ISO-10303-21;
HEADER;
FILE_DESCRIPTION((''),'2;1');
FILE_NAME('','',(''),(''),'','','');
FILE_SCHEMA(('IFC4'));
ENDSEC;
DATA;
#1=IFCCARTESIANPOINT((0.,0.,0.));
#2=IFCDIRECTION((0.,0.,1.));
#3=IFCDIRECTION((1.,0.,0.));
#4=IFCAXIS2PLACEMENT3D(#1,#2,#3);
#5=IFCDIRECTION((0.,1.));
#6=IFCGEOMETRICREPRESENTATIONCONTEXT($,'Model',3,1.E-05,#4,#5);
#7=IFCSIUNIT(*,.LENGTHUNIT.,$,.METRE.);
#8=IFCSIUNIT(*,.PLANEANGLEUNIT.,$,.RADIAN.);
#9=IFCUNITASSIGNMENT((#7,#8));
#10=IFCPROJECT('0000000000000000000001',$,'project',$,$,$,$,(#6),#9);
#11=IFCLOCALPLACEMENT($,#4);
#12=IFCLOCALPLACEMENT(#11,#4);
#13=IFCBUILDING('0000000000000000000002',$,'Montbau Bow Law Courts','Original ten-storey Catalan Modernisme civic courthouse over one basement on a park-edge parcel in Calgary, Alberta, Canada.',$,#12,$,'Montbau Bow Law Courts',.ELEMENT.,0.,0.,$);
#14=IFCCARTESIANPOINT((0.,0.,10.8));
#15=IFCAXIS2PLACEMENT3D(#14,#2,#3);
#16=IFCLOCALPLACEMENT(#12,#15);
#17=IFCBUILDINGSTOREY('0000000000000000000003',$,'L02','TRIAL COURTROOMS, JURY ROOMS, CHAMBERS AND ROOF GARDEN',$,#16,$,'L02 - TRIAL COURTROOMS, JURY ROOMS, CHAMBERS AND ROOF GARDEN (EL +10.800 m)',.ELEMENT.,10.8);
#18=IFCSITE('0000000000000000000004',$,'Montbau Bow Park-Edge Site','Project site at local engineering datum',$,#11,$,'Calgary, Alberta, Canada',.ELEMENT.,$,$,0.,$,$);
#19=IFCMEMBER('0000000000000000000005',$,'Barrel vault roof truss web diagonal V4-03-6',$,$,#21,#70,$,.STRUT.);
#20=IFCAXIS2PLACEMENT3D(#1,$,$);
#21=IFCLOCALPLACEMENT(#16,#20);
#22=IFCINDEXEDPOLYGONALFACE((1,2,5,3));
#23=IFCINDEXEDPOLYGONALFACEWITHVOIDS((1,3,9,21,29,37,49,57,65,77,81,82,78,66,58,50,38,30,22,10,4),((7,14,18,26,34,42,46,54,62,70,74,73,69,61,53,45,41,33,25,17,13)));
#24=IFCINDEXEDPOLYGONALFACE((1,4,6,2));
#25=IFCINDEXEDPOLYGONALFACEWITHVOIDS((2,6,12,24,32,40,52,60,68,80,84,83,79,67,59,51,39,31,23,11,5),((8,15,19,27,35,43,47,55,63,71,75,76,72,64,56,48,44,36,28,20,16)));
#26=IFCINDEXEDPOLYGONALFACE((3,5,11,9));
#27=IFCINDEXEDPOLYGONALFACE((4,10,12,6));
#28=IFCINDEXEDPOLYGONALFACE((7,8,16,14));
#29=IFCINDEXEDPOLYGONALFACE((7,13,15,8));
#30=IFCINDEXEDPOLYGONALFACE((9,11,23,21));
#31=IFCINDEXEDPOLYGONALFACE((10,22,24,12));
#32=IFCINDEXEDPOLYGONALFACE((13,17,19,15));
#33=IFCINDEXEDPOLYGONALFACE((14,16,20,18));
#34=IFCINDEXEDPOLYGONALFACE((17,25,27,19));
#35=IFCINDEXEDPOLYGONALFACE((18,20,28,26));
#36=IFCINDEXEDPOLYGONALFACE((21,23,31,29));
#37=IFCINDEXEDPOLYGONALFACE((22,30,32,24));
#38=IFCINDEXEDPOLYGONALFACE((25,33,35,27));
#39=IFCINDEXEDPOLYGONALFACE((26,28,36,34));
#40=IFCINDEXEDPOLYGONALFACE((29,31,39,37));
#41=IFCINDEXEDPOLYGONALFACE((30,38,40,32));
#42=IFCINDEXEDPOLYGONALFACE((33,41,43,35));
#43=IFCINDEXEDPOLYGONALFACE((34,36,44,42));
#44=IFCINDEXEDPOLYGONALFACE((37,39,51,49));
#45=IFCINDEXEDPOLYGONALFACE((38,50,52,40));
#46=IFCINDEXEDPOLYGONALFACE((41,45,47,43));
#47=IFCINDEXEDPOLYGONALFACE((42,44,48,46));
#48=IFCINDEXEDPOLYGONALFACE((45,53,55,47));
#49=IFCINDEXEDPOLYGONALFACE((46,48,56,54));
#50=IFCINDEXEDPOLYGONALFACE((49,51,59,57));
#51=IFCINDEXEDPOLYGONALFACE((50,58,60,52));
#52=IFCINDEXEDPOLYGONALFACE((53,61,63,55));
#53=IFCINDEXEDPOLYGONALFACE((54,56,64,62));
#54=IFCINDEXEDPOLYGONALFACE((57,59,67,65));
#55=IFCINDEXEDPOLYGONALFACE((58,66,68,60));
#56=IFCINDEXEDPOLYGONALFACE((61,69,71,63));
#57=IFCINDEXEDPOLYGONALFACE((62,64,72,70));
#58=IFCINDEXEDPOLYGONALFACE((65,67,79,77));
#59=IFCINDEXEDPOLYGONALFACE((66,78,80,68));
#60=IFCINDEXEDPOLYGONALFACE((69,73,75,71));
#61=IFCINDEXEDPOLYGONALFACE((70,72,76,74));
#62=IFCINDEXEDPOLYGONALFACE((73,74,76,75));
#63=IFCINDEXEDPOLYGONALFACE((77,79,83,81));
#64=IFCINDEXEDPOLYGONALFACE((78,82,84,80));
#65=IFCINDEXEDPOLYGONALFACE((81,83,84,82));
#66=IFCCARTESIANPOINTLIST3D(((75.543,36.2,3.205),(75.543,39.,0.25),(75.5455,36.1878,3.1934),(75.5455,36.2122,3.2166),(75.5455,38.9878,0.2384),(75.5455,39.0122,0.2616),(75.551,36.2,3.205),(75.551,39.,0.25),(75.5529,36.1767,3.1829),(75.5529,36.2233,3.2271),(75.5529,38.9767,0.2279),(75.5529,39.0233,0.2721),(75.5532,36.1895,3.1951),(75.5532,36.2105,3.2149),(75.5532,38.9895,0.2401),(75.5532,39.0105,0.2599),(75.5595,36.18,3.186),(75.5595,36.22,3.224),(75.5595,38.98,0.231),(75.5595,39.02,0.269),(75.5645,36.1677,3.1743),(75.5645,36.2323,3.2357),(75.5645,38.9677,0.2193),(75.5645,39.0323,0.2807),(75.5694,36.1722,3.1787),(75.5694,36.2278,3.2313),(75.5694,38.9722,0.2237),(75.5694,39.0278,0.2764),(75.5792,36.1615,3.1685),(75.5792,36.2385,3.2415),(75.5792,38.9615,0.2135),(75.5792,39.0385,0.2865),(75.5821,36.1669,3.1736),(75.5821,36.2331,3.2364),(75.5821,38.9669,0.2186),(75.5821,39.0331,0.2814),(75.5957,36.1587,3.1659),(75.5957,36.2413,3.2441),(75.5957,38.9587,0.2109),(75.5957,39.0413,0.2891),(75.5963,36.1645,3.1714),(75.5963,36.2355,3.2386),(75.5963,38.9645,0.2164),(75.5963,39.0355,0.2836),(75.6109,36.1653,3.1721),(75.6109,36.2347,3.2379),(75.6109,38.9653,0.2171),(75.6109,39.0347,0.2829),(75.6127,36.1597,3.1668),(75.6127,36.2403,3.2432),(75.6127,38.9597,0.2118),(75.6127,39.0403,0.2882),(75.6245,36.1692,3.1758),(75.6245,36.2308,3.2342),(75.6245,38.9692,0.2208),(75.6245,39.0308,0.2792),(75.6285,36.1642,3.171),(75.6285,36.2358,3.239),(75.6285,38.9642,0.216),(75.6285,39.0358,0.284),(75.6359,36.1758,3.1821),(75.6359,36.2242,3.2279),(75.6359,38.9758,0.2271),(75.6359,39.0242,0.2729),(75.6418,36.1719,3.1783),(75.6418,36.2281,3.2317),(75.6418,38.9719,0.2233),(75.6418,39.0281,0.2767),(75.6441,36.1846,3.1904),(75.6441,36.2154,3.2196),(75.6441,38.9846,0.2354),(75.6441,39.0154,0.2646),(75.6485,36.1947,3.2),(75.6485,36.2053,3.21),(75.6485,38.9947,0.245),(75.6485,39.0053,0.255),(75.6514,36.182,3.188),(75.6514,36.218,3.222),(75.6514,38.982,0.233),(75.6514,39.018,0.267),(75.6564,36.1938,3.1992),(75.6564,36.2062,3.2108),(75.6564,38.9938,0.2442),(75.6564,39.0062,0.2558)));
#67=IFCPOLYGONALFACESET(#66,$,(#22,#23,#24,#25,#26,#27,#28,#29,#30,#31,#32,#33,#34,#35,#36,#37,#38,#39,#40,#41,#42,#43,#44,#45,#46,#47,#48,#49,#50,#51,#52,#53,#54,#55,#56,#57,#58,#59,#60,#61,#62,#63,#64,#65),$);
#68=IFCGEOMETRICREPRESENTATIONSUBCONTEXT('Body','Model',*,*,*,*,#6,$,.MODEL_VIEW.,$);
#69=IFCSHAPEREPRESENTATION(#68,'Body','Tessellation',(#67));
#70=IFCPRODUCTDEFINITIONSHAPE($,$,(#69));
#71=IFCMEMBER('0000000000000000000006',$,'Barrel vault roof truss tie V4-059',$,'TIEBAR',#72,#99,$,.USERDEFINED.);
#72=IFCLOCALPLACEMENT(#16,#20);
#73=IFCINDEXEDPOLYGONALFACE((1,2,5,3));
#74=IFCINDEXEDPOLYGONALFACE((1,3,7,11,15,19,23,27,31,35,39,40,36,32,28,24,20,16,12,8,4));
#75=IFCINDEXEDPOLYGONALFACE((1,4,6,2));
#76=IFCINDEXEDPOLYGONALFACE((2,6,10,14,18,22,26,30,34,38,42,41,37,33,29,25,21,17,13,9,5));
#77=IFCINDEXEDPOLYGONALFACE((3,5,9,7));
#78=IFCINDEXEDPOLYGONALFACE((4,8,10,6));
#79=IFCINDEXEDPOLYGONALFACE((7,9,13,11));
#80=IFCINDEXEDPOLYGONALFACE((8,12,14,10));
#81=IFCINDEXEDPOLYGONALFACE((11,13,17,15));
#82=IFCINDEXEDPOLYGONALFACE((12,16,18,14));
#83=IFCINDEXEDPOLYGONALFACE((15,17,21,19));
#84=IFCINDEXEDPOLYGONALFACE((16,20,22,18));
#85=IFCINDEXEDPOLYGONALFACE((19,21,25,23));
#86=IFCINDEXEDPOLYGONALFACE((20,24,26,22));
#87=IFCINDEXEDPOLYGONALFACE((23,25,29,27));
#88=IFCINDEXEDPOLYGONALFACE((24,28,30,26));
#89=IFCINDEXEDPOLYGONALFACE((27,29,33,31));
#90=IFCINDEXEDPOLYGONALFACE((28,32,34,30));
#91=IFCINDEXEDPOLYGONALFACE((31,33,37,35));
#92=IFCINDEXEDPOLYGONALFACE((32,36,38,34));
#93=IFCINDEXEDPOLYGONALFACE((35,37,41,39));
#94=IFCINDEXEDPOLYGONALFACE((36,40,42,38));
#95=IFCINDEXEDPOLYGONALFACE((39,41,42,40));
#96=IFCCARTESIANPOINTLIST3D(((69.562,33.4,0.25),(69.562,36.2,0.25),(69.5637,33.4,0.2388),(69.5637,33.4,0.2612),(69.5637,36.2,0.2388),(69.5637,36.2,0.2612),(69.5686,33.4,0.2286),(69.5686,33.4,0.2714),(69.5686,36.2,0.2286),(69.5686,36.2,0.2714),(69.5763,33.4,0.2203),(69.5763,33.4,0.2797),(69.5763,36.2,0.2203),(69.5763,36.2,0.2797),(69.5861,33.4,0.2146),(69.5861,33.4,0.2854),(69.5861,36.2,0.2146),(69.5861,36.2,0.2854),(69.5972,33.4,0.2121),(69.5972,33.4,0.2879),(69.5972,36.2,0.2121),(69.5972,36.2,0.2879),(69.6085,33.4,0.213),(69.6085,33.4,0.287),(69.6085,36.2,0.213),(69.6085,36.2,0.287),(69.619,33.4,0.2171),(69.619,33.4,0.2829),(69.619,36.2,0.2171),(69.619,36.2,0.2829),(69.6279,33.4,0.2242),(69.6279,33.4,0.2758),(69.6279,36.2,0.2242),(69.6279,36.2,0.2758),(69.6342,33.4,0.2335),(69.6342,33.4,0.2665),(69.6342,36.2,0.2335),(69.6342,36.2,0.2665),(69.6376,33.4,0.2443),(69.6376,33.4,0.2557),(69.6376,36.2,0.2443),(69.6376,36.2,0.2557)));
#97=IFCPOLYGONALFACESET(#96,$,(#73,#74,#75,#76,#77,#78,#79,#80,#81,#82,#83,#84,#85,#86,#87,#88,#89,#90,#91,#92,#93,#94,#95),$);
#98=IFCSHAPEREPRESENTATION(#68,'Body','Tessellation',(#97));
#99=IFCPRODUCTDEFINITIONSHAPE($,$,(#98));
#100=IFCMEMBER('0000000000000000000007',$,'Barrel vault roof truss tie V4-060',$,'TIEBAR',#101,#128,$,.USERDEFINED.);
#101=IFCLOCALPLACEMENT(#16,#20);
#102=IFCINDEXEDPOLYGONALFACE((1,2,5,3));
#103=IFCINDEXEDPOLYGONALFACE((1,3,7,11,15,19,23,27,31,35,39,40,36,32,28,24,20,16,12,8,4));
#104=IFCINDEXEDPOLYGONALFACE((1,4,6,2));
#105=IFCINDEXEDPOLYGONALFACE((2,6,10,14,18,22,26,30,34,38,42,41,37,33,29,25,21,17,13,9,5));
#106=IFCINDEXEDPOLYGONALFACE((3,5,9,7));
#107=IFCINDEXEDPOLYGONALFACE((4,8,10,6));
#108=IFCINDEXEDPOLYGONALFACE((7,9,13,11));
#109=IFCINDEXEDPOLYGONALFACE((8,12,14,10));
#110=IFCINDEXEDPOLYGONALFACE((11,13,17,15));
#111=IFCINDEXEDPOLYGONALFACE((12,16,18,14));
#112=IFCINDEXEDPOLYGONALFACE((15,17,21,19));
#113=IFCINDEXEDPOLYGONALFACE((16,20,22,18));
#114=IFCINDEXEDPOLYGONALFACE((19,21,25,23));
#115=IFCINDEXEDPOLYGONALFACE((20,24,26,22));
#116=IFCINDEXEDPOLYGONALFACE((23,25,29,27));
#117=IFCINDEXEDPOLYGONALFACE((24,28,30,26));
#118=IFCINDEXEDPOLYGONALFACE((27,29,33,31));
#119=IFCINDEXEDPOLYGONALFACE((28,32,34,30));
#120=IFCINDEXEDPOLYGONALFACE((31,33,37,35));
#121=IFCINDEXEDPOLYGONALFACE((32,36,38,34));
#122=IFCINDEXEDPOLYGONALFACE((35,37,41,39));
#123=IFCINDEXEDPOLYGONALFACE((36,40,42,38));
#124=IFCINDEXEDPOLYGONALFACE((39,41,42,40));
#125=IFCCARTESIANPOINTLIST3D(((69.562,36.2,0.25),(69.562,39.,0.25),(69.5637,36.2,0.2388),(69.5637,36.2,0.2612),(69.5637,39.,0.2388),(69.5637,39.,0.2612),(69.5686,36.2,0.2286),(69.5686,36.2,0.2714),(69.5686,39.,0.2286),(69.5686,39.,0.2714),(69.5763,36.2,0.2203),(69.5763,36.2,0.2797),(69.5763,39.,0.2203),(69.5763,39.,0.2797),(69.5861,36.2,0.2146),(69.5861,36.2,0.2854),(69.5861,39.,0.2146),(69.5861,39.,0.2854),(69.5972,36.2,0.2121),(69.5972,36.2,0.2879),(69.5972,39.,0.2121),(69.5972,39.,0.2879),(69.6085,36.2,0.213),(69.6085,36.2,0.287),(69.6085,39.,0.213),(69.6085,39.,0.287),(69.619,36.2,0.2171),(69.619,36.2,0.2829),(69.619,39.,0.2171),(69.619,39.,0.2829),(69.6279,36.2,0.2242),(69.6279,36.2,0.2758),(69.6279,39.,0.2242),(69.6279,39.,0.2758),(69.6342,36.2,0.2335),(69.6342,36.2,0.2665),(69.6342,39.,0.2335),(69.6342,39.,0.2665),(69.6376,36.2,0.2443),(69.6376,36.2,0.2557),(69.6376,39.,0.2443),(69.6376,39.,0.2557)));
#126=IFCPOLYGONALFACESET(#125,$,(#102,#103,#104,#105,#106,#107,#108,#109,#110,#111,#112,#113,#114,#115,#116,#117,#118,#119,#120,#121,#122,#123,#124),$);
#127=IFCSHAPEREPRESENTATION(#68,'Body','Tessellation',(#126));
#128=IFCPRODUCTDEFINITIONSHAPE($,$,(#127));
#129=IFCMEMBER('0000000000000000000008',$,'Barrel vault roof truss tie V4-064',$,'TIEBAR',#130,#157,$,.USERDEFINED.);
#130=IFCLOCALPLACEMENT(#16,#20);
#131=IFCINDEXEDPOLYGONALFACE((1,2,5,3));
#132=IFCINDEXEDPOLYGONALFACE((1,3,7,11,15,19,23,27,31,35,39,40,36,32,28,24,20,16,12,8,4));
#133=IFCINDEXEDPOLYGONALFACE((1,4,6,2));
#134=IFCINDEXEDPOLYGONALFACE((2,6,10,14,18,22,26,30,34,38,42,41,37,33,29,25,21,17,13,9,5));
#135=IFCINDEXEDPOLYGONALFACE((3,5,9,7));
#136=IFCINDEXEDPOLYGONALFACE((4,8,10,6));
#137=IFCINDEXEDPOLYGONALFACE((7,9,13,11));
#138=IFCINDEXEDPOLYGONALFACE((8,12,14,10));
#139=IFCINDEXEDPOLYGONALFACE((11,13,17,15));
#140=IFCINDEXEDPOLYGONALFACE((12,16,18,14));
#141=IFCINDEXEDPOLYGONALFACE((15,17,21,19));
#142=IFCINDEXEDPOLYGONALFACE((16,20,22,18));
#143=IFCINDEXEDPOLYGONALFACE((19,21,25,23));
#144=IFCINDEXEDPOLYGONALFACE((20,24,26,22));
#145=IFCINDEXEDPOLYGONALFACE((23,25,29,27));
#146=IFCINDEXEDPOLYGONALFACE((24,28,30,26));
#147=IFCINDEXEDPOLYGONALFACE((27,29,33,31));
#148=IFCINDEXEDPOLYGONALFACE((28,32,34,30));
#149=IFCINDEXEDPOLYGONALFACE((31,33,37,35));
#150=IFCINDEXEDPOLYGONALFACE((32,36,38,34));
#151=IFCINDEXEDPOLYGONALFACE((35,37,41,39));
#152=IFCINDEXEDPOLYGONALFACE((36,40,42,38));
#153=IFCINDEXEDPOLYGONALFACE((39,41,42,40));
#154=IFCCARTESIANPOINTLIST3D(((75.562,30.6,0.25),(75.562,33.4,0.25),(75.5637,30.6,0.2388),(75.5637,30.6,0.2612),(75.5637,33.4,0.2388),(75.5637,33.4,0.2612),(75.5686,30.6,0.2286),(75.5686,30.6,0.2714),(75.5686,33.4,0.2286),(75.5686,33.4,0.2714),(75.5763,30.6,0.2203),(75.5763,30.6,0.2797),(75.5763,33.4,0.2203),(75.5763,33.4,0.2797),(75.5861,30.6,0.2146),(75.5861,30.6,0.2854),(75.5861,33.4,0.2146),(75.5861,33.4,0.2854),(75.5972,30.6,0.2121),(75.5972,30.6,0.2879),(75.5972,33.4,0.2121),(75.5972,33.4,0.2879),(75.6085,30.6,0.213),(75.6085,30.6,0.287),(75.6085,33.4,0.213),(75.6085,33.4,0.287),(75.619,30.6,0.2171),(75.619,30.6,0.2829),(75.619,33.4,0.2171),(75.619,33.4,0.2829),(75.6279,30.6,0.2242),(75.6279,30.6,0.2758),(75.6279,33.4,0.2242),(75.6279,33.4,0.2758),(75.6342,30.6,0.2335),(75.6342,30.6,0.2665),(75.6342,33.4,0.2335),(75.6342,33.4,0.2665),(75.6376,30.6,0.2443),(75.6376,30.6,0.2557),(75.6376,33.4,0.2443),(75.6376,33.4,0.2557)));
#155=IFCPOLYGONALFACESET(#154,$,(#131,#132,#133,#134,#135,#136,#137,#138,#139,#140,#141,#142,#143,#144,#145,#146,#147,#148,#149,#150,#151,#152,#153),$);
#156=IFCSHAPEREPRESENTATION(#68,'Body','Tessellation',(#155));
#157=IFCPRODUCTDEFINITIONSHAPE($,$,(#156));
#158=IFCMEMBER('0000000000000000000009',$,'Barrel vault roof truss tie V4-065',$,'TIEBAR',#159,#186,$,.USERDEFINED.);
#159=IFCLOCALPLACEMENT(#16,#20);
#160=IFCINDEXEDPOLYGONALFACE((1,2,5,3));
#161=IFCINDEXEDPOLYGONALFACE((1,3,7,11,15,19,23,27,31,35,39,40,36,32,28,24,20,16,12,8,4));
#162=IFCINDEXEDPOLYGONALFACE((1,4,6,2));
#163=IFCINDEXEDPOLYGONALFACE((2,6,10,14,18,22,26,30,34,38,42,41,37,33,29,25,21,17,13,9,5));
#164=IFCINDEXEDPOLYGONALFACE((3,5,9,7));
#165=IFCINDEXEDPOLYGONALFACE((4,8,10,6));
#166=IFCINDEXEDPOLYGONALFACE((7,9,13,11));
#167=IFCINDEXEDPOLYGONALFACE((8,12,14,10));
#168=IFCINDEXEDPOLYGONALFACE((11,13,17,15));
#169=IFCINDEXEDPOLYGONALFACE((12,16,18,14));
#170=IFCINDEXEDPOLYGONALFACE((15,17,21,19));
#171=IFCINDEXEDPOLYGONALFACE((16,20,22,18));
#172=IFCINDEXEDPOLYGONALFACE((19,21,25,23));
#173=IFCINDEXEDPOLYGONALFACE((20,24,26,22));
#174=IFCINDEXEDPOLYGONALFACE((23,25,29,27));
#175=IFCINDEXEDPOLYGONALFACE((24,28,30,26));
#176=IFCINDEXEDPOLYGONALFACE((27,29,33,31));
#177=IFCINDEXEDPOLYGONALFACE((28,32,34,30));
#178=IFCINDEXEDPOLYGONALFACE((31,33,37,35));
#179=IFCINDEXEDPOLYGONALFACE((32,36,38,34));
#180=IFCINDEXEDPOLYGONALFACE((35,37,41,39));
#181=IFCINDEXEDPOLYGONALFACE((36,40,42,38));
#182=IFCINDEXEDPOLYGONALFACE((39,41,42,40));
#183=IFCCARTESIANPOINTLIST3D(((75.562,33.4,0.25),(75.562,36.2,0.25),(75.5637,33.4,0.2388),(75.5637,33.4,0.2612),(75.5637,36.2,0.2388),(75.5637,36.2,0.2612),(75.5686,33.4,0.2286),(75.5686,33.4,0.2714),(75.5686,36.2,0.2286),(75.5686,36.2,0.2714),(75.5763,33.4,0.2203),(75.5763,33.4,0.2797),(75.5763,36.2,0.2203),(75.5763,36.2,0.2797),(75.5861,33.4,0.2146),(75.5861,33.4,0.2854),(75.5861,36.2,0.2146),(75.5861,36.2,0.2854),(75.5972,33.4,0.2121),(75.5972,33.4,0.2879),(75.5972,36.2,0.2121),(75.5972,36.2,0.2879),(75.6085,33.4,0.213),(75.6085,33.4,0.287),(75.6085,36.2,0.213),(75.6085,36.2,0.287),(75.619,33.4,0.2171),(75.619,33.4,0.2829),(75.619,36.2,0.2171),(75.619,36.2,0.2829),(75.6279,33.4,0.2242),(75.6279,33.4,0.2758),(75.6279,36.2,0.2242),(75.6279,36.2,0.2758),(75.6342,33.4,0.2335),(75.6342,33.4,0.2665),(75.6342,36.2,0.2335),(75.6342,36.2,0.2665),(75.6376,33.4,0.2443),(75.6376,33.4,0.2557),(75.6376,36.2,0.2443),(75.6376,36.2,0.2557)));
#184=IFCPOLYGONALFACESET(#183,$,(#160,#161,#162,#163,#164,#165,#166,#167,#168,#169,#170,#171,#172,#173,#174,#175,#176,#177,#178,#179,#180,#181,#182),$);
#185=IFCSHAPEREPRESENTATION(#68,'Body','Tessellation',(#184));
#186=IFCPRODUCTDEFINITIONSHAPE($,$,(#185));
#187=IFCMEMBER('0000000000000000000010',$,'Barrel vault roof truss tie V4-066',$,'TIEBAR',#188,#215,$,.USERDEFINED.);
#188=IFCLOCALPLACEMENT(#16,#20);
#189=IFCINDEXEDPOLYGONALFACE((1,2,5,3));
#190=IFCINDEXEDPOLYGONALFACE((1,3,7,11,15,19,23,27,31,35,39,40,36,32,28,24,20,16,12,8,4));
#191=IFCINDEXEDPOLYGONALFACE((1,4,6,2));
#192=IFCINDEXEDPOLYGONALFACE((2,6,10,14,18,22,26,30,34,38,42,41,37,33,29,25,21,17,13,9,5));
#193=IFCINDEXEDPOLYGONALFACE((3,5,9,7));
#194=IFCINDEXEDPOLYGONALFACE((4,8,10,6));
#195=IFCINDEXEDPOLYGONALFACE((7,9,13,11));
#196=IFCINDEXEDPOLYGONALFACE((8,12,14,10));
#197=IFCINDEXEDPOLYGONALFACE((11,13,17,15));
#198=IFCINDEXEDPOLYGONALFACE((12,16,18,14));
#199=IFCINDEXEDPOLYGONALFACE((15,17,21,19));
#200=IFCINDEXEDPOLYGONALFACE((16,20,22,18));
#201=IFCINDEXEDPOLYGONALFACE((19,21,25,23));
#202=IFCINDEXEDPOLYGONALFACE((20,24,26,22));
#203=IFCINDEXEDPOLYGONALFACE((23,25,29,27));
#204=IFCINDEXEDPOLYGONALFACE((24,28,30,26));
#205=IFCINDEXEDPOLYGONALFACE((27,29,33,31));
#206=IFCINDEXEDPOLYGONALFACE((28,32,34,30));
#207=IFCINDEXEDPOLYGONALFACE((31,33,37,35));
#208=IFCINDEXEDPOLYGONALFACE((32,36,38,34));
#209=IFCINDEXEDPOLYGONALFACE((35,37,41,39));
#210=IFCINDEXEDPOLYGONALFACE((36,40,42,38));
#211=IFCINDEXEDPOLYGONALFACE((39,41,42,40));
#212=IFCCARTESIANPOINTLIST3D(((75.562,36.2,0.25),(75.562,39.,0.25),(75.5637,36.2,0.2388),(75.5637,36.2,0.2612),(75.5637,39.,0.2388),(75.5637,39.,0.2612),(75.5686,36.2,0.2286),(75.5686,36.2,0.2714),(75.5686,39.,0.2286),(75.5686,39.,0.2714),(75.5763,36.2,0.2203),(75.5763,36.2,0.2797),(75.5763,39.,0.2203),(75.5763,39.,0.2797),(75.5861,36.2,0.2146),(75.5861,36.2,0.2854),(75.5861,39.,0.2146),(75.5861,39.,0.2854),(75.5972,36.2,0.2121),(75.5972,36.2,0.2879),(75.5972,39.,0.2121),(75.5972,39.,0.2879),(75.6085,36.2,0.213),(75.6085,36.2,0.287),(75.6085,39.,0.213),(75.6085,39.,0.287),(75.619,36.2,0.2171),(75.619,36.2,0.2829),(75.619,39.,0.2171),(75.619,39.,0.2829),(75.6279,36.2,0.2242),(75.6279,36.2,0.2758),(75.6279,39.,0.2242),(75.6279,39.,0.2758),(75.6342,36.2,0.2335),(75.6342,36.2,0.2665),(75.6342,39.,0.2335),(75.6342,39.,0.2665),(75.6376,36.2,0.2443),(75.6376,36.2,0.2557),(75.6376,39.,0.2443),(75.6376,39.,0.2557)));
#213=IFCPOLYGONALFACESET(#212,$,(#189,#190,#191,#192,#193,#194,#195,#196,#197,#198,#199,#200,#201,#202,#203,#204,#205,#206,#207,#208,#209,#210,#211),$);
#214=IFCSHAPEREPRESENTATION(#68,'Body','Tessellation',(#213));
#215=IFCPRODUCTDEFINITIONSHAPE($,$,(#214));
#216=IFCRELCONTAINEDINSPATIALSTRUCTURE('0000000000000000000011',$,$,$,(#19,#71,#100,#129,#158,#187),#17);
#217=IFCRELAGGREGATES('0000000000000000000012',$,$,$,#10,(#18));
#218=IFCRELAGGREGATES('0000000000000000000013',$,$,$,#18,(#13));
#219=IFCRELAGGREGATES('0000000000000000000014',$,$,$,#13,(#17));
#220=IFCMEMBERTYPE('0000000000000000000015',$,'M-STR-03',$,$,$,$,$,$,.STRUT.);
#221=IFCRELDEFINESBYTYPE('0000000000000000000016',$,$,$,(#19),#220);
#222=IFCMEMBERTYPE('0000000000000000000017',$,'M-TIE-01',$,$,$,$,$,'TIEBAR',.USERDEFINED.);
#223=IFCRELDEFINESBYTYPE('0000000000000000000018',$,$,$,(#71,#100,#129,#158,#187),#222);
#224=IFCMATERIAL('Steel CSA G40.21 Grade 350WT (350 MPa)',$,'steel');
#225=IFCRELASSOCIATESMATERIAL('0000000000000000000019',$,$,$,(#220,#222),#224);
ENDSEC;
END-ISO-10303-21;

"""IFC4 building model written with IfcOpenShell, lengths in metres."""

from ifc_helpers import new_model, si_unit, direction, frame, origin_with_axes, origin_2d_with_axis, place, context, subcontext, project, spatial, circle, hollow_circle, extrude, material, material_profile, profile_set, type_object, element, save


model = new_model("IFC4")

# Units and contexts
model_context = context("Model", 3, precision=1e-05, world=origin_with_axes(), true_north=direction((0.0, 1.0)))
body_context = subcontext(model_context, "Body", "Model", "MODEL_VIEW")
ifc_project = project(units=[si_unit("LENGTHUNIT", "METRE"), si_unit("PLANEANGLEUNIT", "RADIAN")], contexts=[model_context])

# Site, building, storey
site_placement = place(None, origin_with_axes())
site = spatial("IfcSite", under=ifc_project, at=site_placement, Name="Montbau Bow Park-Edge Site", Description="Project site at local engineering datum", LongName="Calgary, Alberta, Canada", CompositionType="ELEMENT", RefElevation=0.0)
building_placement = place(site_placement, origin_with_axes())
building = spatial("IfcBuilding", under=site, at=building_placement, Name="Montbau Bow Law Courts", Description="Original ten-storey Catalan Modernisme civic courthouse over one basement on a park-edge parcel in Calgary, Alberta, Canada.", LongName="Montbau Bow Law Courts", CompositionType="ELEMENT", ElevationOfRefHeight=0.0, ElevationOfTerrain=0.0)
storey_placement = place(building_placement, frame((0.0, 0.0, 10.8), z_axis=(0.0, 0.0, 1.0), x_axis=(1.0, 0.0, 0.0)))
storey = spatial("IfcBuildingStorey", under=building, at=storey_placement, Name="L02", Description="TRIAL COURTROOMS, JURY ROOMS, CHAMBERS AND ROOF GARDEN", LongName="L02 - TRIAL COURTROOMS, JURY ROOMS, CHAMBERS AND ROOF GARDEN (EL +10.800 m)", CompositionType="ELEMENT", Elevation=10.8)

# Shared definitions
ifc_material_1 = material(Name="Steel CSA G40.21 Grade 350WT (350 MPa)", Category="steel")

# Members
ifc_material_profile_1 = material_profile(ifc_material_1, hollow_circle(Radius=0.057, WallThickness=0.008, at=origin_2d_with_axis()), Name="HSS114X8.0", Category="Main", Priority=0)
ifc_profile_set_1 = profile_set([ifc_material_profile_1], Name="Steel CSA G40.21 Grade 350WT (350 MPa)")
member_type_1 = type_object("IfcMemberType", Name="M-STR-03", PredefinedType="STRUT", material=ifc_profile_set_1)
member_1_placement = place(None, frame((75.6, 36.2, 14.005), z_axis=(0.0, 0.687813, -0.725888), x_axis=(-1.0, 0.0, 0.0)))
element("IfcMember", 1, at=member_1_placement, inside=storey, type_object=member_type_1, Name="Barrel vault roof truss web diagonal V4-03-6", PredefinedType="STRUT", context=body_context, shape_type="SweptSolid", body=[
    extrude(hollow_circle(Radius=0.057, WallThickness=0.008, at=origin_2d_with_axis()), origin_with_axes(), (0.0, 0.0, 1.0), 4.0709),
])
ifc_material_profile_2 = material_profile(ifc_material_1, circle(Radius=0.038, at=origin_2d_with_axis()), Name="ROD76", Category="Main", Priority=0)
ifc_profile_set_2 = profile_set([ifc_material_profile_2], Name="Steel CSA G40.21 Grade 350WT (350 MPa)")
member_type_2 = type_object("IfcMemberType", Name="M-TIE-01", ElementType="TIEBAR", PredefinedType="USERDEFINED", material=ifc_profile_set_2)
for number, where, z_axis, x_axis, name in (
    (2, (69.6, 33.4, 11.05), (0.0, 1.0, 0.0), (-1.0, 0.0, 0.0), "Barrel vault roof truss tie V4-059"),
    (3, (69.6, 36.2, 11.05), (0.0, 1.0, 0.0), (-1.0, 0.0, 0.0), "Barrel vault roof truss tie V4-060"),
    (4, (75.6, 30.6, 11.05), (0.0, 1.0, 0.0), (-1.0, 0.0, 0.0), "Barrel vault roof truss tie V4-064"),
    (5, (75.6, 33.4, 11.05), (0.0, 1.0, 0.0), (-1.0, 0.0, 0.0), "Barrel vault roof truss tie V4-065"),
    (6, (75.6, 36.2, 11.05), (0.0, 1.0, 0.0), (-1.0, 0.0, 0.0), "Barrel vault roof truss tie V4-066"),
):
    element("IfcMember", number, at=place(None, frame(where, z_axis=z_axis, x_axis=x_axis)), inside=storey, type_object=member_type_2, Name=name, ObjectType="TIEBAR", PredefinedType="USERDEFINED", context=body_context, shape_type="SweptSolid", body=[
        extrude(circle(Radius=0.038, at=origin_2d_with_axis()), origin_with_axes(), (0.0, 0.0, 1.0), 2.8),
    ])

save(model, "model.ifc")
